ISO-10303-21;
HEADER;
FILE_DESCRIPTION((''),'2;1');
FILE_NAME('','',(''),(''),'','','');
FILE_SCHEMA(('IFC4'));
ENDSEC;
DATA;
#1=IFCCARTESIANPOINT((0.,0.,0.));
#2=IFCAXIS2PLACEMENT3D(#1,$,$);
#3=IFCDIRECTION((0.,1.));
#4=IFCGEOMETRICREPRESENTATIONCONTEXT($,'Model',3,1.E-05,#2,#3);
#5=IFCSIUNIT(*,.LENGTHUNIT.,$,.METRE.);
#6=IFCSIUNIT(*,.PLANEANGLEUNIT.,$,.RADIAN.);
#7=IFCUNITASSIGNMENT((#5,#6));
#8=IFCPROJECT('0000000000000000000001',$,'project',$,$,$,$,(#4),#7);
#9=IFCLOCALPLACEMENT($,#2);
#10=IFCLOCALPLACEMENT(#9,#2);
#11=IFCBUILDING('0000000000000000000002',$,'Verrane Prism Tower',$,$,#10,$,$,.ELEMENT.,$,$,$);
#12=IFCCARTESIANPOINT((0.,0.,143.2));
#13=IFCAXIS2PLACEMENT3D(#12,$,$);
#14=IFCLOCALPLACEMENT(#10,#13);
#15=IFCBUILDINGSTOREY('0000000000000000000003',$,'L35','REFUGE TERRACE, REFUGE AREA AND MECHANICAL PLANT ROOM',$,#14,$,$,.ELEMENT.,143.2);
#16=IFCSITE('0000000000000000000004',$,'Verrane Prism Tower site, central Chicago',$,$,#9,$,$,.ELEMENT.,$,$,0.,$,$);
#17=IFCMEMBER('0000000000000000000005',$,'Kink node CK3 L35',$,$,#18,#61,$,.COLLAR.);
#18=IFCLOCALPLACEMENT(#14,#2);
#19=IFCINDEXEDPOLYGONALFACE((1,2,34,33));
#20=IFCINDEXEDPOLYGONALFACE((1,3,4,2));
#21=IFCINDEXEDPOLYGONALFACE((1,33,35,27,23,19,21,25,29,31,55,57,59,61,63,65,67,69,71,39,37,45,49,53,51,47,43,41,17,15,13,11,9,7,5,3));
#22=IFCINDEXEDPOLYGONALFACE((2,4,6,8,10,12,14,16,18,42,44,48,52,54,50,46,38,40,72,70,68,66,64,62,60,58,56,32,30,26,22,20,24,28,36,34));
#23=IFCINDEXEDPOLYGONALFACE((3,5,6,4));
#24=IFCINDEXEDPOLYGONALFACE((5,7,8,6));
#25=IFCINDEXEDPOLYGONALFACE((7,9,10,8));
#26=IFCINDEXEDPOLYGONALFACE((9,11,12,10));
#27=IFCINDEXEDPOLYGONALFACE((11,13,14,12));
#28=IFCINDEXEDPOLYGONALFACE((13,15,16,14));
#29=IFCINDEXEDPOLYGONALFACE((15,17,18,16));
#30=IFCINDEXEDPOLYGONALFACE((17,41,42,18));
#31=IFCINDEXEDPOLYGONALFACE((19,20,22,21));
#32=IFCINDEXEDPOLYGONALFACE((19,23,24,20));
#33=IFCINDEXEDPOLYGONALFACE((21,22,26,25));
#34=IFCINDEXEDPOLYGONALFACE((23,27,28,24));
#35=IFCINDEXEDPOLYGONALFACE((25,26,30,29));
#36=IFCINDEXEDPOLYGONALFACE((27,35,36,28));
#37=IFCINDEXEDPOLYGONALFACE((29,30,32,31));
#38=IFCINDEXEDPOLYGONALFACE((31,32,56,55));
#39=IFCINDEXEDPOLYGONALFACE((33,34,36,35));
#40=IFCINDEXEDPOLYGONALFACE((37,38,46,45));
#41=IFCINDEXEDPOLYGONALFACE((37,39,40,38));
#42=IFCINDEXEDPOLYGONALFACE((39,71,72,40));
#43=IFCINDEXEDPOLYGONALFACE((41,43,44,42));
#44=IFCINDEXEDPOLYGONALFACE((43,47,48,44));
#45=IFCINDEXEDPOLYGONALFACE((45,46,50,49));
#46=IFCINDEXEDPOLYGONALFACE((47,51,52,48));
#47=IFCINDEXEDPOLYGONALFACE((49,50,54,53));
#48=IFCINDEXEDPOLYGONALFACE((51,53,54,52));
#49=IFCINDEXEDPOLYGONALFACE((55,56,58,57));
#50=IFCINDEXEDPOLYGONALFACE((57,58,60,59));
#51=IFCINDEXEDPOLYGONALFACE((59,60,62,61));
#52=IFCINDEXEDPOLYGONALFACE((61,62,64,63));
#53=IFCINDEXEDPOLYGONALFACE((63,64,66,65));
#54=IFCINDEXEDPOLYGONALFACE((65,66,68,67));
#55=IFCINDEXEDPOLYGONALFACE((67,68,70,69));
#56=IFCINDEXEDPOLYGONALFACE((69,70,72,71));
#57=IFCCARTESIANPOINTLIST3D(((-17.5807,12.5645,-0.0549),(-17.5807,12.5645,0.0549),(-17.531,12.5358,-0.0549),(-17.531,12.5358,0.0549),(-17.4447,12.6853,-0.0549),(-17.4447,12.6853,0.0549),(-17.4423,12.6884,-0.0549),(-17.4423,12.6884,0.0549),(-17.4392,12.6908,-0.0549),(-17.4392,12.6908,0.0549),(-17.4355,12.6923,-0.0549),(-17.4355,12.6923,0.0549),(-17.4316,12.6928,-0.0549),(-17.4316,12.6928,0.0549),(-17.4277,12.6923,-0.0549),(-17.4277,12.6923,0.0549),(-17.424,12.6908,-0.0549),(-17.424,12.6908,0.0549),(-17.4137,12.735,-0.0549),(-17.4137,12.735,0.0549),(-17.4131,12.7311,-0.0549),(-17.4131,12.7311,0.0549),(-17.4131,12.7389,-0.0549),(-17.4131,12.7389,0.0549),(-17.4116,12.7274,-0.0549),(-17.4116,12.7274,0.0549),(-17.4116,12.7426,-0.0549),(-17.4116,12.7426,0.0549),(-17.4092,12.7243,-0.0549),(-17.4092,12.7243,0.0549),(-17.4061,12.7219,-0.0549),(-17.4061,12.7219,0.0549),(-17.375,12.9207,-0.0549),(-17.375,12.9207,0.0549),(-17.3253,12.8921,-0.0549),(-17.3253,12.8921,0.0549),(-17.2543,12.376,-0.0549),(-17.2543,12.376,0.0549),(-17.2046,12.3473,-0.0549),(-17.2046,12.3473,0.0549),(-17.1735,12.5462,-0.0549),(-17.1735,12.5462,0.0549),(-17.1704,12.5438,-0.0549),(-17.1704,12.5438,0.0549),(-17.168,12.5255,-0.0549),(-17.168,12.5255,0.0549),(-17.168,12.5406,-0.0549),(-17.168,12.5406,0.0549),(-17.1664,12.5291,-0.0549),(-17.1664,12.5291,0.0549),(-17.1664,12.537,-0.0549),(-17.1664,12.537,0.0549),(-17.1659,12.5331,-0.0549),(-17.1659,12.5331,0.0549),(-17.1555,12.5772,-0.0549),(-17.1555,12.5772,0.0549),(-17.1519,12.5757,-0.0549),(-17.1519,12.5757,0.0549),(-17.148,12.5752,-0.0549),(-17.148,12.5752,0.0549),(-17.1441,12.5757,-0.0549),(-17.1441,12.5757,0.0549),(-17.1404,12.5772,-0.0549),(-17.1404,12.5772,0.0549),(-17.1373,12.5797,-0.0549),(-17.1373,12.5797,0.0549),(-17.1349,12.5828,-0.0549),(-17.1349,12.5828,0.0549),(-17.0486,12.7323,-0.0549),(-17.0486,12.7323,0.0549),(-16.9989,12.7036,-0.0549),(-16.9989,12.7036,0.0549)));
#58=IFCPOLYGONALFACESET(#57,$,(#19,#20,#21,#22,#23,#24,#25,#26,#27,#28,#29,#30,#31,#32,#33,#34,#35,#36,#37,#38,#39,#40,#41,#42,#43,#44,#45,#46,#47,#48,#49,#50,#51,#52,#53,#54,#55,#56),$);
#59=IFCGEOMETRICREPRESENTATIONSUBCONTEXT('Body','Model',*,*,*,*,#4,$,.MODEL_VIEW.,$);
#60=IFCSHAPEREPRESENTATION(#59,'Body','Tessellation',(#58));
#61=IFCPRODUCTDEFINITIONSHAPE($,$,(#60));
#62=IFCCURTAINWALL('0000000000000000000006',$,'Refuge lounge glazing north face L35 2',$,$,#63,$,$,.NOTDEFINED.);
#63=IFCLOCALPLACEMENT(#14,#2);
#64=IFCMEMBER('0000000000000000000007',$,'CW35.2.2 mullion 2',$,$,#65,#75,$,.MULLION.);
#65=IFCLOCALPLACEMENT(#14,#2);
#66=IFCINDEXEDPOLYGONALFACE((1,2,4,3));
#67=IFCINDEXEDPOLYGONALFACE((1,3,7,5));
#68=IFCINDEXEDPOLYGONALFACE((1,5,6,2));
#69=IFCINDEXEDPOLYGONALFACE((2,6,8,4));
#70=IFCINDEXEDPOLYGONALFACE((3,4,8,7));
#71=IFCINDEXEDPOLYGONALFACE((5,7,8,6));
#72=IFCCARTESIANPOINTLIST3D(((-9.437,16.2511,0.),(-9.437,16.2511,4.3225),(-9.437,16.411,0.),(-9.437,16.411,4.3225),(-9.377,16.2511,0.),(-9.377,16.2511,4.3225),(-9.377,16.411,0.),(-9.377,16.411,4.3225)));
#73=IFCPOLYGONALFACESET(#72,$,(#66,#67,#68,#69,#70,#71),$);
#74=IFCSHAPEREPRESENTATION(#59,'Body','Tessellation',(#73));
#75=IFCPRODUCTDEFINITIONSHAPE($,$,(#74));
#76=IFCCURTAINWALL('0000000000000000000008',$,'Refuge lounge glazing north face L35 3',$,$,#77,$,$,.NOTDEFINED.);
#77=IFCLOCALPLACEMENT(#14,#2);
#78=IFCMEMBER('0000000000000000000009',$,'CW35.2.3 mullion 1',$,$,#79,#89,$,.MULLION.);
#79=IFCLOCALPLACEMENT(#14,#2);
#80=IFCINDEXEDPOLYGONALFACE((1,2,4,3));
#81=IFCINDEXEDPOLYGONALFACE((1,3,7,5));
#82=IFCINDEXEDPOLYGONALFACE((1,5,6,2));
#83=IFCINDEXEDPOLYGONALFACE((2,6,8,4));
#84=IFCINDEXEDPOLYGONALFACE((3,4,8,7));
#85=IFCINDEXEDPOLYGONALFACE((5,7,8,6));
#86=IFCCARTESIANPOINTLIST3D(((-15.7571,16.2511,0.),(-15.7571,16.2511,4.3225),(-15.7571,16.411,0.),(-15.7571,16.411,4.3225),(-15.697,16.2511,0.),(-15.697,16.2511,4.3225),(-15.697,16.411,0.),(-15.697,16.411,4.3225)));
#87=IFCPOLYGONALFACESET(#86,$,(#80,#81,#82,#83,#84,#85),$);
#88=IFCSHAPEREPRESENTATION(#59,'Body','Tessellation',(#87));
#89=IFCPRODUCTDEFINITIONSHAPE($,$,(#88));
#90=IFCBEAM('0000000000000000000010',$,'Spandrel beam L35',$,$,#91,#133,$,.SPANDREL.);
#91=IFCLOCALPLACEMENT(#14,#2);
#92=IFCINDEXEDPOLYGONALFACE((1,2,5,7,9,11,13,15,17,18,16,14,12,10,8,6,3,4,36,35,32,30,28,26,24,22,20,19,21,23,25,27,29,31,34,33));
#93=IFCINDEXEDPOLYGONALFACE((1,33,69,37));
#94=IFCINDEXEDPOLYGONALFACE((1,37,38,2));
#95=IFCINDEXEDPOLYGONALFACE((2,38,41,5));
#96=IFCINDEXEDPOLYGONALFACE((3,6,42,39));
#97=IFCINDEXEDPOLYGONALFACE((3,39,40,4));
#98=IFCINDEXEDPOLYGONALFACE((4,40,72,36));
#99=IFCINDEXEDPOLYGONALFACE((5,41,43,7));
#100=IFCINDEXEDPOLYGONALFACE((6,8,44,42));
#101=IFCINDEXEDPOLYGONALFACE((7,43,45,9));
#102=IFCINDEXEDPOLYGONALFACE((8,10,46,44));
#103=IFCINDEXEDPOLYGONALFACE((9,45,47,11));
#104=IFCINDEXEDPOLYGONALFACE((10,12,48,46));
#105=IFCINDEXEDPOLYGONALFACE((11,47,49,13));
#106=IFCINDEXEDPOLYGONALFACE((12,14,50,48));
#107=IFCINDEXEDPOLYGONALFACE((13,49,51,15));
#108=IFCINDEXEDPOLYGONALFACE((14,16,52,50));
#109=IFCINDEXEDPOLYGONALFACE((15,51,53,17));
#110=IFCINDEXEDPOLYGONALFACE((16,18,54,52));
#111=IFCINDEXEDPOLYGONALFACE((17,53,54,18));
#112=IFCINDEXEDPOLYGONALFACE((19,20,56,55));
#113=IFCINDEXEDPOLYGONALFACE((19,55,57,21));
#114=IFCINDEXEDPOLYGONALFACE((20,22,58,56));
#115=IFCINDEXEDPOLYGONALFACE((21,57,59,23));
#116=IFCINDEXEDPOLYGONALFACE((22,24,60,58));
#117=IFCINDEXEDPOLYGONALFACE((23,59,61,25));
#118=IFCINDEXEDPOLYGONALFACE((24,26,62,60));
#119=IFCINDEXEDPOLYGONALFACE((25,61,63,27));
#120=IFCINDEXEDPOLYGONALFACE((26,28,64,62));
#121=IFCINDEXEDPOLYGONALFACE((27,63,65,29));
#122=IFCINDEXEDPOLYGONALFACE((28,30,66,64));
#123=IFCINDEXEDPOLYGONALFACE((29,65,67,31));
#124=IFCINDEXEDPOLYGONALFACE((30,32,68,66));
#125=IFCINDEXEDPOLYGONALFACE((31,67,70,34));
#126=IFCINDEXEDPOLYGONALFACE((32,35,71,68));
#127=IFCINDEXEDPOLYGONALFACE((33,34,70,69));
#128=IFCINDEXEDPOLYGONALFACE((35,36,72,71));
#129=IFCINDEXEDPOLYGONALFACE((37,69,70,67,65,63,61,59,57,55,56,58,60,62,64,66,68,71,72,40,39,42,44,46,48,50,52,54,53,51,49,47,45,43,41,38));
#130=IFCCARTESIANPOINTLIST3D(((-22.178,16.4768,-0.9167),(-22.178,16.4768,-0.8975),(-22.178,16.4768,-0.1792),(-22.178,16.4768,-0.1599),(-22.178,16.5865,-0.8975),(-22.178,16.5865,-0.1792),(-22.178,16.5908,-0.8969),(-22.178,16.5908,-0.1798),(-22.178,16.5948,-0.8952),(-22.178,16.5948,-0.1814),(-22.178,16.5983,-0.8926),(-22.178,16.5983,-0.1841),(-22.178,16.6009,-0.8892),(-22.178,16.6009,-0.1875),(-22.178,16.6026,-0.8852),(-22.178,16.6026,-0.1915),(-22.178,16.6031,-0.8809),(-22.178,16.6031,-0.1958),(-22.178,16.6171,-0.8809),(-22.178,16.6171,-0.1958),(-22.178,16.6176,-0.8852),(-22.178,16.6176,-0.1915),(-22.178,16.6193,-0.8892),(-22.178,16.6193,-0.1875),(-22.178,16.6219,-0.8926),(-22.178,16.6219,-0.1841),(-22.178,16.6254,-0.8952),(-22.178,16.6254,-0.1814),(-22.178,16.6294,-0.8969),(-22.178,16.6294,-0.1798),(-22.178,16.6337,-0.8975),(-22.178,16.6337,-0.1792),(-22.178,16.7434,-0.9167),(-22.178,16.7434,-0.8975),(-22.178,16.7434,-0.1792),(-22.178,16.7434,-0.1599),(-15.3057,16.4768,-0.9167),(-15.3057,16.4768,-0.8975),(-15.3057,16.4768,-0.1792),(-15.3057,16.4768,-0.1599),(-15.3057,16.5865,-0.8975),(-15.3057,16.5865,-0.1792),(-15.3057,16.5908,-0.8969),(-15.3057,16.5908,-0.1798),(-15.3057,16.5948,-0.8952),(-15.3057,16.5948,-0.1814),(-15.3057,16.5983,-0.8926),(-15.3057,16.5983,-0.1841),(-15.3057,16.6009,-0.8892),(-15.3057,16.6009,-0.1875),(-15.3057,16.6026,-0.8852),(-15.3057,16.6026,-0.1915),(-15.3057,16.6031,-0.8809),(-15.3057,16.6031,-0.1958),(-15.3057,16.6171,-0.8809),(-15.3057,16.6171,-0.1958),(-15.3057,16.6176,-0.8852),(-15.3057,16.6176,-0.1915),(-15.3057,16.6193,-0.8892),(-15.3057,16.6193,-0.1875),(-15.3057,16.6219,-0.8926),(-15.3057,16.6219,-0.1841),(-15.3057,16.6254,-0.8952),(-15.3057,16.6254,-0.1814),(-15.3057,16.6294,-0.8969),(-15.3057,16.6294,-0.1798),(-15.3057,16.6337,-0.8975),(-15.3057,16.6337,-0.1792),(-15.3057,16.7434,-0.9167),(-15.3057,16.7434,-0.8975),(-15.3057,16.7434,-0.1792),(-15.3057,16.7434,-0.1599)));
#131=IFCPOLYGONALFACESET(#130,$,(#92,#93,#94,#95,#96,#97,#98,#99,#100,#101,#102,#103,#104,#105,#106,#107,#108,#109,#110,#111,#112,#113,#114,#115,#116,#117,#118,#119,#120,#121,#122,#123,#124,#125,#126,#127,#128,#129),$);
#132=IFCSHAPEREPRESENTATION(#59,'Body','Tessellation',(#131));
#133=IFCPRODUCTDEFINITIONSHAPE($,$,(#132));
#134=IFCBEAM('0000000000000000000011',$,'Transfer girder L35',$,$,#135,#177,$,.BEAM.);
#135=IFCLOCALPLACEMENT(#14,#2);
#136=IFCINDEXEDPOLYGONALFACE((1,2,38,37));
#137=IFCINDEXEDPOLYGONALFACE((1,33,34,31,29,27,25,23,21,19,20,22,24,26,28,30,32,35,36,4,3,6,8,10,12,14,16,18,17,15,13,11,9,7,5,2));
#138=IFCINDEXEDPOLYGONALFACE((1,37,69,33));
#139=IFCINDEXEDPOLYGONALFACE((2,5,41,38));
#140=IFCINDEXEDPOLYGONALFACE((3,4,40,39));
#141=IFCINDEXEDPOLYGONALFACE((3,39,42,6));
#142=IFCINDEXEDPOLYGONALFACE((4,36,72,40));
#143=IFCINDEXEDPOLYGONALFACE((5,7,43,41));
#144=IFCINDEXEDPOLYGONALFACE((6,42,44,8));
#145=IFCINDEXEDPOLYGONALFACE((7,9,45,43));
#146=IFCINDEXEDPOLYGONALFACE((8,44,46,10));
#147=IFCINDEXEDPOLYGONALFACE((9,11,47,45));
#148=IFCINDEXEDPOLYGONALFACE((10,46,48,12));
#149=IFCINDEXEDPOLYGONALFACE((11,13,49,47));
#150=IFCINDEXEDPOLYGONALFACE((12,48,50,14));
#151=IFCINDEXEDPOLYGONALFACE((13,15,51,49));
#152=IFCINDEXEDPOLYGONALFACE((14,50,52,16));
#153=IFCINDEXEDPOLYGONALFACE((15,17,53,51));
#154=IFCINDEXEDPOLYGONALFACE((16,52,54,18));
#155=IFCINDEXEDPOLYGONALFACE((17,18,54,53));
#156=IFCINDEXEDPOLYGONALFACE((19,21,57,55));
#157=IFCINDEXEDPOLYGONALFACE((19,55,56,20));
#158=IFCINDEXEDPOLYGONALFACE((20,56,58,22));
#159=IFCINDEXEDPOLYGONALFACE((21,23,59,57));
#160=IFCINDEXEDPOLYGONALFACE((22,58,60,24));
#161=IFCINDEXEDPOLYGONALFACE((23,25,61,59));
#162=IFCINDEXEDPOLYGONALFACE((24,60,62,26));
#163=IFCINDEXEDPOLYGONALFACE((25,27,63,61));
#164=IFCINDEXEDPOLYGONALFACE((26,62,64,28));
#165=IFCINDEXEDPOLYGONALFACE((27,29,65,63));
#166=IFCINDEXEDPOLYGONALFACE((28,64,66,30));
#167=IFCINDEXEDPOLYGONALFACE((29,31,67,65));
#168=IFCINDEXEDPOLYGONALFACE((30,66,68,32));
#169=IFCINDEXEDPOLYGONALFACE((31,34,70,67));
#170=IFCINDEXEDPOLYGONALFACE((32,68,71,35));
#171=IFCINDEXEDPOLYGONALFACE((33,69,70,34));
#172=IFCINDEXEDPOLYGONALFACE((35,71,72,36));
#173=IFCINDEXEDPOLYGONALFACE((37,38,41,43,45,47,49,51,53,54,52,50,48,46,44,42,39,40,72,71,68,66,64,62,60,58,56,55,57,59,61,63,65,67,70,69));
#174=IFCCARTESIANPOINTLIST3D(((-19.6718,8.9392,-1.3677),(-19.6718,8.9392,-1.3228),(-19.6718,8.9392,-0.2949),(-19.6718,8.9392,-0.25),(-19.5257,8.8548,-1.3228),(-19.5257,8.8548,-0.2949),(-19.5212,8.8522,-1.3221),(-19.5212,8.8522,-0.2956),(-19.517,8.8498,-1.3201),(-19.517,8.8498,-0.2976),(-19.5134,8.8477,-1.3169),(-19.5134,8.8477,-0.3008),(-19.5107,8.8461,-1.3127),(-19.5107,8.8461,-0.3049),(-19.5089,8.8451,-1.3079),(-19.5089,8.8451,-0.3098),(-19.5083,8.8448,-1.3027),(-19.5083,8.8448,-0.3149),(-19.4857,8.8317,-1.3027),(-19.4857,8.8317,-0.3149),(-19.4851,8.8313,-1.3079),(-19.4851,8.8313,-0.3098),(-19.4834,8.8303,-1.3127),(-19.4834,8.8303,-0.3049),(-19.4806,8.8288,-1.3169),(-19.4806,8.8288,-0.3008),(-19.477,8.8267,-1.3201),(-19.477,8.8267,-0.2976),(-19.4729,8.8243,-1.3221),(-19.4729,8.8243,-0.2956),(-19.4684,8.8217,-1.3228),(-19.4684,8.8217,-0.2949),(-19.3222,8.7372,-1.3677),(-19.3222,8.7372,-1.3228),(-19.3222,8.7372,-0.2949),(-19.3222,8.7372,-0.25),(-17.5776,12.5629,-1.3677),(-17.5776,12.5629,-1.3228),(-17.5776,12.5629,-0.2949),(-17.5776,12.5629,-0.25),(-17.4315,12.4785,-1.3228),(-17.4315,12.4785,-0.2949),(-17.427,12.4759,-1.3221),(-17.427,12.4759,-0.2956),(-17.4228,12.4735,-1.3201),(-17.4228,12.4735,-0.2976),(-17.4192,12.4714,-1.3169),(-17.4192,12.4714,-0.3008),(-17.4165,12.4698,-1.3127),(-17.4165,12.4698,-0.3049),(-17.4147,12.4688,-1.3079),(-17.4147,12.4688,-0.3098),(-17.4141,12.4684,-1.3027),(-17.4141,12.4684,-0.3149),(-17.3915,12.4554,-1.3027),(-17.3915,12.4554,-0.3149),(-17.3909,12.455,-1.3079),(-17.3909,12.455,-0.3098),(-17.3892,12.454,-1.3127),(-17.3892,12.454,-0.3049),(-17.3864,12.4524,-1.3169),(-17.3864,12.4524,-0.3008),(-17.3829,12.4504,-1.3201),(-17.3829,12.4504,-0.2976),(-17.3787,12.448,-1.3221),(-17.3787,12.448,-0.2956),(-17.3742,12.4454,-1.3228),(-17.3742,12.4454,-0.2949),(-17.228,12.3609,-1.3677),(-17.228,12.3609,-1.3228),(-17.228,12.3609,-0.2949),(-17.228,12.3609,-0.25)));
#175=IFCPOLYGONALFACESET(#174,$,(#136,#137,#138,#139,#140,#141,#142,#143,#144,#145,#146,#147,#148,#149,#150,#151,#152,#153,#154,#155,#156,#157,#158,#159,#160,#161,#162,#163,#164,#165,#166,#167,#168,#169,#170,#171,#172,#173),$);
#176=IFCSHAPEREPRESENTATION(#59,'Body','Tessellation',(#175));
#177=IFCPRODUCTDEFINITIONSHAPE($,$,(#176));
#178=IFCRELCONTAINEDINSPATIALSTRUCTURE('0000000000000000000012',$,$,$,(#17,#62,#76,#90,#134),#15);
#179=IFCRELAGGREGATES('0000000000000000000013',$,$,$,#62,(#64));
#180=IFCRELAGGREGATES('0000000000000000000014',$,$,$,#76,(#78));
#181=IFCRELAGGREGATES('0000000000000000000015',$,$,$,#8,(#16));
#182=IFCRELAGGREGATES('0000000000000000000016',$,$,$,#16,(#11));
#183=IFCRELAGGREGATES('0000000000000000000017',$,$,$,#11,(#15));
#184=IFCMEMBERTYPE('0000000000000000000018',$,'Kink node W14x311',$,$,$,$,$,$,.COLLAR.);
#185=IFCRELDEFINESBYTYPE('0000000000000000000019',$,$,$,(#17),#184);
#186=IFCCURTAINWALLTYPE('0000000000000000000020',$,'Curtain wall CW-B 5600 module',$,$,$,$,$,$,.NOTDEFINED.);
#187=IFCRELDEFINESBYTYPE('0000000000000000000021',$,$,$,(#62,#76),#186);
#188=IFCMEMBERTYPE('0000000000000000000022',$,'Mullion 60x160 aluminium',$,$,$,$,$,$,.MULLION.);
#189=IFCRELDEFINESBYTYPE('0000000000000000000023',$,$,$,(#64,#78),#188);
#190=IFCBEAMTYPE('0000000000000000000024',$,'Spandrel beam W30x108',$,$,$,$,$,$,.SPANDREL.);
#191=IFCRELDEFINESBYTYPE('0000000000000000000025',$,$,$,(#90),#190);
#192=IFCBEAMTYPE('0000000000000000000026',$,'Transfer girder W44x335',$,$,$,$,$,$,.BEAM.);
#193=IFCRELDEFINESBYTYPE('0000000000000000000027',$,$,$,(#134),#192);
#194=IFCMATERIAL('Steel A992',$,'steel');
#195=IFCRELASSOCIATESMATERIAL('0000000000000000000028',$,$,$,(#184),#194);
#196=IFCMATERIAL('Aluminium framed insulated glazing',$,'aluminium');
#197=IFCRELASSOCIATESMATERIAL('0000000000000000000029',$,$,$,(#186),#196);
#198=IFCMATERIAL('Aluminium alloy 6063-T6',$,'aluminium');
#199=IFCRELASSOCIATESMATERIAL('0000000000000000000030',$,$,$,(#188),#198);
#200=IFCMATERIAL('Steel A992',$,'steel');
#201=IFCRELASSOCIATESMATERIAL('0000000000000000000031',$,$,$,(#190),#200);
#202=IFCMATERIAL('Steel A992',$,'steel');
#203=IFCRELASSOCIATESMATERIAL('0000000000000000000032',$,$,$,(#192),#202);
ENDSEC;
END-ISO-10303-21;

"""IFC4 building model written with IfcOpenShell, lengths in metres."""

from ifc_helpers import new_model, si_unit, direction, frame, origin, origin_2d, place, context, subcontext, project, spatial, rectangle, i_section, extrude, material, material_profile, profile_set, type_object, element, aggregate, save


model = new_model("IFC4")

# Units and contexts
model_context = context("Model", 3, precision=1e-05, world=origin(), true_north=direction((0.0, 1.0)))
body_context = subcontext(model_context, "Body", "Model", "MODEL_VIEW")
ifc_project = project(units=[si_unit("LENGTHUNIT", "METRE"), si_unit("PLANEANGLEUNIT", "RADIAN")], contexts=[model_context])

# Site, building, storey
site_placement = place(None, origin())
site = spatial("IfcSite", under=ifc_project, at=site_placement, Name="Verrane Prism Tower site, central Chicago", CompositionType="ELEMENT", RefElevation=0.0)
building_placement = place(site_placement, origin())
building = spatial("IfcBuilding", under=site, at=building_placement, Name="Verrane Prism Tower", CompositionType="ELEMENT")
storey_placement = place(building_placement, frame((0.0, 0.0, 143.2)))
storey = spatial("IfcBuildingStorey", under=building, at=storey_placement, Name="L35", Description="REFUGE TERRACE, REFUGE AREA AND MECHANICAL PLANT ROOM", CompositionType="ELEMENT", Elevation=143.2)

# Member
ifc_material_1 = material(Name="Steel A992", Category="steel")
ifc_material_profile_1 = material_profile(ifc_material_1, i_section(OverallWidth=0.4114, OverallDepth=0.4343, WebThickness=0.0359, FlangeThickness=0.0574, FilletRadius=0.0151, at=origin_2d()), Name="W14x311")
ifc_profile_set_1 = profile_set([ifc_material_profile_1], Name="Steel A992")
member_type_1 = type_object("IfcMemberType", Name="Kink node W14x311", PredefinedType="COLLAR", material=ifc_profile_set_1)
member_1_placement = place(storey_placement, frame((-17.2898, 12.634, -0.0549), z_axis=(0.0, 0.0, 1.0), x_axis=(0.5, 0.866025, 0.0)))
element("IfcMember", 1, at=member_1_placement, inside=storey, type_object=member_type_1, Name="Kink node CK3 L35", PredefinedType="COLLAR", context=body_context, shape_type="SweptSolid", body=[
    extrude(i_section(OverallWidth=0.4114, OverallDepth=0.4343, WebThickness=0.0359, FlangeThickness=0.0574, FilletRadius=0.0151, at=origin_2d()), origin(), (0.0, 0.0, 1.0), 0.1099),
])

# Curtain walls, members
ifc_material_2 = material(Name="Aluminium framed insulated glazing", Category="aluminium")
curtain_wall_type = type_object("IfcCurtainWallType", Name="Curtain wall CW-B 5600 module", PredefinedType="NOTDEFINED", material=ifc_material_2)
curtain_wall_1_placement = place(storey_placement, origin())
curtain_wall_1 = element("IfcCurtainWall", 2, at=curtain_wall_1_placement, inside=storey, type_object=curtain_wall_type, Name="Refuge lounge glazing north face L35 2", PredefinedType="NOTDEFINED")
ifc_material_3 = material(Name="Aluminium alloy 6063-T6", Category="aluminium")
ifc_material_profile_2 = material_profile(ifc_material_3, rectangle(XDim=0.1599, YDim=0.0601, at=origin_2d()), Name="Mullion 60x160 aluminium")
ifc_profile_set_2 = profile_set([ifc_material_profile_2], Name="Aluminium alloy 6063-T6")
member_type_2 = type_object("IfcMemberType", Name="Mullion 60x160 aluminium", PredefinedType="MULLION", material=ifc_profile_set_2)
member_2_placement = place(storey_placement, frame((-9.407, 16.3311, 0.0), z_axis=(0.0, 0.0, 1.0), x_axis=(0.0, -1.0, 0.0)))
member_2 = element("IfcMember", 3, at=member_2_placement, type_object=member_type_2, Name="CW35.2.2 mullion 2", PredefinedType="MULLION", context=body_context, shape_type="SweptSolid", body=[
    extrude(rectangle(XDim=0.1599, YDim=0.0601, at=origin_2d()), origin(), (0.0, 0.0, 1.0), 4.3225),
])
aggregate(curtain_wall_1, [member_2])
curtain_wall_2_placement = place(storey_placement, origin())
curtain_wall_2 = element("IfcCurtainWall", 4, at=curtain_wall_2_placement, inside=storey, type_object=curtain_wall_type, Name="Refuge lounge glazing north face L35 3", PredefinedType="NOTDEFINED")
member_3_placement = place(storey_placement, frame((-15.7271, 16.3311, 0.0), z_axis=(0.0, 0.0, 1.0), x_axis=(0.0, -1.0, 0.0)))
member_3 = element("IfcMember", 5, at=member_3_placement, type_object=member_type_2, Name="CW35.2.3 mullion 1", PredefinedType="MULLION", context=body_context, shape_type="SweptSolid", body=[
    extrude(rectangle(XDim=0.1599, YDim=0.0601, at=origin_2d()), origin(), (0.0, 0.0, 1.0), 4.3225),
])

# Beams
ifc_material_4 = material(Name="Steel A992", Category="steel")
ifc_material_profile_3 = material_profile(ifc_material_4, i_section(OverallWidth=0.2666, OverallDepth=0.7568, WebThickness=0.0139, FlangeThickness=0.0193, FilletRadius=0.0166, at=origin_2d()), Name="W30x108")
ifc_profile_set_3 = profile_set([ifc_material_profile_3], Name="Steel A992")
beam_type_1 = type_object("IfcBeamType", Name="Spandrel beam W30x108", PredefinedType="SPANDREL", material=ifc_profile_set_3)
beam_1_placement = place(storey_placement, frame((-15.3057, 16.6101, -0.5383), z_axis=(-1.0, 0.0, 0.0), x_axis=(0.0, -1.0, 0.0)))
element("IfcBeam", 6, at=beam_1_placement, inside=storey, type_object=beam_type_1, Name="Spandrel beam L35", PredefinedType="SPANDREL", context=body_context, shape_type="SweptSolid", body=[
    extrude(i_section(OverallWidth=0.2666, OverallDepth=0.7568, WebThickness=0.0139, FlangeThickness=0.0193, FilletRadius=0.0166, at=origin_2d()), origin(), (0.0, 0.0, 1.0), 6.8723),
])
ifc_material_5 = material(Name="Steel A992", Category="steel")
ifc_material_profile_4 = material_profile(ifc_material_5, i_section(OverallWidth=0.4038, OverallDepth=1.1177, WebThickness=0.0261, FlangeThickness=0.0449, FilletRadius=0.02, at=origin_2d()), Name="W44x335")
ifc_profile_set_4 = profile_set([ifc_material_profile_4], Name="Steel A992")
beam_type_2 = type_object("IfcBeamType", Name="Transfer girder W44x335", PredefinedType="BEAM", material=ifc_profile_set_4)
beam_2_placement = place(storey_placement, frame((-17.4028, 12.4619, -0.8088), z_axis=(-0.500367, -0.865813, 0.0), x_axis=(0.865813, -0.500367, 0.0)))
element("IfcBeam", 7, at=beam_2_placement, inside=storey, type_object=beam_type_2, Name="Transfer girder L35", PredefinedType="BEAM", context=body_context, shape_type="SweptSolid", body=[
    extrude(i_section(OverallWidth=0.4038, OverallDepth=1.1177, WebThickness=0.0261, FlangeThickness=0.0449, FilletRadius=0.02, at=origin_2d()), origin(), (0.0, 0.0, 1.0), 4.1853),
])

aggregate(curtain_wall_2, [member_3])

save(model, "model.ifc")
